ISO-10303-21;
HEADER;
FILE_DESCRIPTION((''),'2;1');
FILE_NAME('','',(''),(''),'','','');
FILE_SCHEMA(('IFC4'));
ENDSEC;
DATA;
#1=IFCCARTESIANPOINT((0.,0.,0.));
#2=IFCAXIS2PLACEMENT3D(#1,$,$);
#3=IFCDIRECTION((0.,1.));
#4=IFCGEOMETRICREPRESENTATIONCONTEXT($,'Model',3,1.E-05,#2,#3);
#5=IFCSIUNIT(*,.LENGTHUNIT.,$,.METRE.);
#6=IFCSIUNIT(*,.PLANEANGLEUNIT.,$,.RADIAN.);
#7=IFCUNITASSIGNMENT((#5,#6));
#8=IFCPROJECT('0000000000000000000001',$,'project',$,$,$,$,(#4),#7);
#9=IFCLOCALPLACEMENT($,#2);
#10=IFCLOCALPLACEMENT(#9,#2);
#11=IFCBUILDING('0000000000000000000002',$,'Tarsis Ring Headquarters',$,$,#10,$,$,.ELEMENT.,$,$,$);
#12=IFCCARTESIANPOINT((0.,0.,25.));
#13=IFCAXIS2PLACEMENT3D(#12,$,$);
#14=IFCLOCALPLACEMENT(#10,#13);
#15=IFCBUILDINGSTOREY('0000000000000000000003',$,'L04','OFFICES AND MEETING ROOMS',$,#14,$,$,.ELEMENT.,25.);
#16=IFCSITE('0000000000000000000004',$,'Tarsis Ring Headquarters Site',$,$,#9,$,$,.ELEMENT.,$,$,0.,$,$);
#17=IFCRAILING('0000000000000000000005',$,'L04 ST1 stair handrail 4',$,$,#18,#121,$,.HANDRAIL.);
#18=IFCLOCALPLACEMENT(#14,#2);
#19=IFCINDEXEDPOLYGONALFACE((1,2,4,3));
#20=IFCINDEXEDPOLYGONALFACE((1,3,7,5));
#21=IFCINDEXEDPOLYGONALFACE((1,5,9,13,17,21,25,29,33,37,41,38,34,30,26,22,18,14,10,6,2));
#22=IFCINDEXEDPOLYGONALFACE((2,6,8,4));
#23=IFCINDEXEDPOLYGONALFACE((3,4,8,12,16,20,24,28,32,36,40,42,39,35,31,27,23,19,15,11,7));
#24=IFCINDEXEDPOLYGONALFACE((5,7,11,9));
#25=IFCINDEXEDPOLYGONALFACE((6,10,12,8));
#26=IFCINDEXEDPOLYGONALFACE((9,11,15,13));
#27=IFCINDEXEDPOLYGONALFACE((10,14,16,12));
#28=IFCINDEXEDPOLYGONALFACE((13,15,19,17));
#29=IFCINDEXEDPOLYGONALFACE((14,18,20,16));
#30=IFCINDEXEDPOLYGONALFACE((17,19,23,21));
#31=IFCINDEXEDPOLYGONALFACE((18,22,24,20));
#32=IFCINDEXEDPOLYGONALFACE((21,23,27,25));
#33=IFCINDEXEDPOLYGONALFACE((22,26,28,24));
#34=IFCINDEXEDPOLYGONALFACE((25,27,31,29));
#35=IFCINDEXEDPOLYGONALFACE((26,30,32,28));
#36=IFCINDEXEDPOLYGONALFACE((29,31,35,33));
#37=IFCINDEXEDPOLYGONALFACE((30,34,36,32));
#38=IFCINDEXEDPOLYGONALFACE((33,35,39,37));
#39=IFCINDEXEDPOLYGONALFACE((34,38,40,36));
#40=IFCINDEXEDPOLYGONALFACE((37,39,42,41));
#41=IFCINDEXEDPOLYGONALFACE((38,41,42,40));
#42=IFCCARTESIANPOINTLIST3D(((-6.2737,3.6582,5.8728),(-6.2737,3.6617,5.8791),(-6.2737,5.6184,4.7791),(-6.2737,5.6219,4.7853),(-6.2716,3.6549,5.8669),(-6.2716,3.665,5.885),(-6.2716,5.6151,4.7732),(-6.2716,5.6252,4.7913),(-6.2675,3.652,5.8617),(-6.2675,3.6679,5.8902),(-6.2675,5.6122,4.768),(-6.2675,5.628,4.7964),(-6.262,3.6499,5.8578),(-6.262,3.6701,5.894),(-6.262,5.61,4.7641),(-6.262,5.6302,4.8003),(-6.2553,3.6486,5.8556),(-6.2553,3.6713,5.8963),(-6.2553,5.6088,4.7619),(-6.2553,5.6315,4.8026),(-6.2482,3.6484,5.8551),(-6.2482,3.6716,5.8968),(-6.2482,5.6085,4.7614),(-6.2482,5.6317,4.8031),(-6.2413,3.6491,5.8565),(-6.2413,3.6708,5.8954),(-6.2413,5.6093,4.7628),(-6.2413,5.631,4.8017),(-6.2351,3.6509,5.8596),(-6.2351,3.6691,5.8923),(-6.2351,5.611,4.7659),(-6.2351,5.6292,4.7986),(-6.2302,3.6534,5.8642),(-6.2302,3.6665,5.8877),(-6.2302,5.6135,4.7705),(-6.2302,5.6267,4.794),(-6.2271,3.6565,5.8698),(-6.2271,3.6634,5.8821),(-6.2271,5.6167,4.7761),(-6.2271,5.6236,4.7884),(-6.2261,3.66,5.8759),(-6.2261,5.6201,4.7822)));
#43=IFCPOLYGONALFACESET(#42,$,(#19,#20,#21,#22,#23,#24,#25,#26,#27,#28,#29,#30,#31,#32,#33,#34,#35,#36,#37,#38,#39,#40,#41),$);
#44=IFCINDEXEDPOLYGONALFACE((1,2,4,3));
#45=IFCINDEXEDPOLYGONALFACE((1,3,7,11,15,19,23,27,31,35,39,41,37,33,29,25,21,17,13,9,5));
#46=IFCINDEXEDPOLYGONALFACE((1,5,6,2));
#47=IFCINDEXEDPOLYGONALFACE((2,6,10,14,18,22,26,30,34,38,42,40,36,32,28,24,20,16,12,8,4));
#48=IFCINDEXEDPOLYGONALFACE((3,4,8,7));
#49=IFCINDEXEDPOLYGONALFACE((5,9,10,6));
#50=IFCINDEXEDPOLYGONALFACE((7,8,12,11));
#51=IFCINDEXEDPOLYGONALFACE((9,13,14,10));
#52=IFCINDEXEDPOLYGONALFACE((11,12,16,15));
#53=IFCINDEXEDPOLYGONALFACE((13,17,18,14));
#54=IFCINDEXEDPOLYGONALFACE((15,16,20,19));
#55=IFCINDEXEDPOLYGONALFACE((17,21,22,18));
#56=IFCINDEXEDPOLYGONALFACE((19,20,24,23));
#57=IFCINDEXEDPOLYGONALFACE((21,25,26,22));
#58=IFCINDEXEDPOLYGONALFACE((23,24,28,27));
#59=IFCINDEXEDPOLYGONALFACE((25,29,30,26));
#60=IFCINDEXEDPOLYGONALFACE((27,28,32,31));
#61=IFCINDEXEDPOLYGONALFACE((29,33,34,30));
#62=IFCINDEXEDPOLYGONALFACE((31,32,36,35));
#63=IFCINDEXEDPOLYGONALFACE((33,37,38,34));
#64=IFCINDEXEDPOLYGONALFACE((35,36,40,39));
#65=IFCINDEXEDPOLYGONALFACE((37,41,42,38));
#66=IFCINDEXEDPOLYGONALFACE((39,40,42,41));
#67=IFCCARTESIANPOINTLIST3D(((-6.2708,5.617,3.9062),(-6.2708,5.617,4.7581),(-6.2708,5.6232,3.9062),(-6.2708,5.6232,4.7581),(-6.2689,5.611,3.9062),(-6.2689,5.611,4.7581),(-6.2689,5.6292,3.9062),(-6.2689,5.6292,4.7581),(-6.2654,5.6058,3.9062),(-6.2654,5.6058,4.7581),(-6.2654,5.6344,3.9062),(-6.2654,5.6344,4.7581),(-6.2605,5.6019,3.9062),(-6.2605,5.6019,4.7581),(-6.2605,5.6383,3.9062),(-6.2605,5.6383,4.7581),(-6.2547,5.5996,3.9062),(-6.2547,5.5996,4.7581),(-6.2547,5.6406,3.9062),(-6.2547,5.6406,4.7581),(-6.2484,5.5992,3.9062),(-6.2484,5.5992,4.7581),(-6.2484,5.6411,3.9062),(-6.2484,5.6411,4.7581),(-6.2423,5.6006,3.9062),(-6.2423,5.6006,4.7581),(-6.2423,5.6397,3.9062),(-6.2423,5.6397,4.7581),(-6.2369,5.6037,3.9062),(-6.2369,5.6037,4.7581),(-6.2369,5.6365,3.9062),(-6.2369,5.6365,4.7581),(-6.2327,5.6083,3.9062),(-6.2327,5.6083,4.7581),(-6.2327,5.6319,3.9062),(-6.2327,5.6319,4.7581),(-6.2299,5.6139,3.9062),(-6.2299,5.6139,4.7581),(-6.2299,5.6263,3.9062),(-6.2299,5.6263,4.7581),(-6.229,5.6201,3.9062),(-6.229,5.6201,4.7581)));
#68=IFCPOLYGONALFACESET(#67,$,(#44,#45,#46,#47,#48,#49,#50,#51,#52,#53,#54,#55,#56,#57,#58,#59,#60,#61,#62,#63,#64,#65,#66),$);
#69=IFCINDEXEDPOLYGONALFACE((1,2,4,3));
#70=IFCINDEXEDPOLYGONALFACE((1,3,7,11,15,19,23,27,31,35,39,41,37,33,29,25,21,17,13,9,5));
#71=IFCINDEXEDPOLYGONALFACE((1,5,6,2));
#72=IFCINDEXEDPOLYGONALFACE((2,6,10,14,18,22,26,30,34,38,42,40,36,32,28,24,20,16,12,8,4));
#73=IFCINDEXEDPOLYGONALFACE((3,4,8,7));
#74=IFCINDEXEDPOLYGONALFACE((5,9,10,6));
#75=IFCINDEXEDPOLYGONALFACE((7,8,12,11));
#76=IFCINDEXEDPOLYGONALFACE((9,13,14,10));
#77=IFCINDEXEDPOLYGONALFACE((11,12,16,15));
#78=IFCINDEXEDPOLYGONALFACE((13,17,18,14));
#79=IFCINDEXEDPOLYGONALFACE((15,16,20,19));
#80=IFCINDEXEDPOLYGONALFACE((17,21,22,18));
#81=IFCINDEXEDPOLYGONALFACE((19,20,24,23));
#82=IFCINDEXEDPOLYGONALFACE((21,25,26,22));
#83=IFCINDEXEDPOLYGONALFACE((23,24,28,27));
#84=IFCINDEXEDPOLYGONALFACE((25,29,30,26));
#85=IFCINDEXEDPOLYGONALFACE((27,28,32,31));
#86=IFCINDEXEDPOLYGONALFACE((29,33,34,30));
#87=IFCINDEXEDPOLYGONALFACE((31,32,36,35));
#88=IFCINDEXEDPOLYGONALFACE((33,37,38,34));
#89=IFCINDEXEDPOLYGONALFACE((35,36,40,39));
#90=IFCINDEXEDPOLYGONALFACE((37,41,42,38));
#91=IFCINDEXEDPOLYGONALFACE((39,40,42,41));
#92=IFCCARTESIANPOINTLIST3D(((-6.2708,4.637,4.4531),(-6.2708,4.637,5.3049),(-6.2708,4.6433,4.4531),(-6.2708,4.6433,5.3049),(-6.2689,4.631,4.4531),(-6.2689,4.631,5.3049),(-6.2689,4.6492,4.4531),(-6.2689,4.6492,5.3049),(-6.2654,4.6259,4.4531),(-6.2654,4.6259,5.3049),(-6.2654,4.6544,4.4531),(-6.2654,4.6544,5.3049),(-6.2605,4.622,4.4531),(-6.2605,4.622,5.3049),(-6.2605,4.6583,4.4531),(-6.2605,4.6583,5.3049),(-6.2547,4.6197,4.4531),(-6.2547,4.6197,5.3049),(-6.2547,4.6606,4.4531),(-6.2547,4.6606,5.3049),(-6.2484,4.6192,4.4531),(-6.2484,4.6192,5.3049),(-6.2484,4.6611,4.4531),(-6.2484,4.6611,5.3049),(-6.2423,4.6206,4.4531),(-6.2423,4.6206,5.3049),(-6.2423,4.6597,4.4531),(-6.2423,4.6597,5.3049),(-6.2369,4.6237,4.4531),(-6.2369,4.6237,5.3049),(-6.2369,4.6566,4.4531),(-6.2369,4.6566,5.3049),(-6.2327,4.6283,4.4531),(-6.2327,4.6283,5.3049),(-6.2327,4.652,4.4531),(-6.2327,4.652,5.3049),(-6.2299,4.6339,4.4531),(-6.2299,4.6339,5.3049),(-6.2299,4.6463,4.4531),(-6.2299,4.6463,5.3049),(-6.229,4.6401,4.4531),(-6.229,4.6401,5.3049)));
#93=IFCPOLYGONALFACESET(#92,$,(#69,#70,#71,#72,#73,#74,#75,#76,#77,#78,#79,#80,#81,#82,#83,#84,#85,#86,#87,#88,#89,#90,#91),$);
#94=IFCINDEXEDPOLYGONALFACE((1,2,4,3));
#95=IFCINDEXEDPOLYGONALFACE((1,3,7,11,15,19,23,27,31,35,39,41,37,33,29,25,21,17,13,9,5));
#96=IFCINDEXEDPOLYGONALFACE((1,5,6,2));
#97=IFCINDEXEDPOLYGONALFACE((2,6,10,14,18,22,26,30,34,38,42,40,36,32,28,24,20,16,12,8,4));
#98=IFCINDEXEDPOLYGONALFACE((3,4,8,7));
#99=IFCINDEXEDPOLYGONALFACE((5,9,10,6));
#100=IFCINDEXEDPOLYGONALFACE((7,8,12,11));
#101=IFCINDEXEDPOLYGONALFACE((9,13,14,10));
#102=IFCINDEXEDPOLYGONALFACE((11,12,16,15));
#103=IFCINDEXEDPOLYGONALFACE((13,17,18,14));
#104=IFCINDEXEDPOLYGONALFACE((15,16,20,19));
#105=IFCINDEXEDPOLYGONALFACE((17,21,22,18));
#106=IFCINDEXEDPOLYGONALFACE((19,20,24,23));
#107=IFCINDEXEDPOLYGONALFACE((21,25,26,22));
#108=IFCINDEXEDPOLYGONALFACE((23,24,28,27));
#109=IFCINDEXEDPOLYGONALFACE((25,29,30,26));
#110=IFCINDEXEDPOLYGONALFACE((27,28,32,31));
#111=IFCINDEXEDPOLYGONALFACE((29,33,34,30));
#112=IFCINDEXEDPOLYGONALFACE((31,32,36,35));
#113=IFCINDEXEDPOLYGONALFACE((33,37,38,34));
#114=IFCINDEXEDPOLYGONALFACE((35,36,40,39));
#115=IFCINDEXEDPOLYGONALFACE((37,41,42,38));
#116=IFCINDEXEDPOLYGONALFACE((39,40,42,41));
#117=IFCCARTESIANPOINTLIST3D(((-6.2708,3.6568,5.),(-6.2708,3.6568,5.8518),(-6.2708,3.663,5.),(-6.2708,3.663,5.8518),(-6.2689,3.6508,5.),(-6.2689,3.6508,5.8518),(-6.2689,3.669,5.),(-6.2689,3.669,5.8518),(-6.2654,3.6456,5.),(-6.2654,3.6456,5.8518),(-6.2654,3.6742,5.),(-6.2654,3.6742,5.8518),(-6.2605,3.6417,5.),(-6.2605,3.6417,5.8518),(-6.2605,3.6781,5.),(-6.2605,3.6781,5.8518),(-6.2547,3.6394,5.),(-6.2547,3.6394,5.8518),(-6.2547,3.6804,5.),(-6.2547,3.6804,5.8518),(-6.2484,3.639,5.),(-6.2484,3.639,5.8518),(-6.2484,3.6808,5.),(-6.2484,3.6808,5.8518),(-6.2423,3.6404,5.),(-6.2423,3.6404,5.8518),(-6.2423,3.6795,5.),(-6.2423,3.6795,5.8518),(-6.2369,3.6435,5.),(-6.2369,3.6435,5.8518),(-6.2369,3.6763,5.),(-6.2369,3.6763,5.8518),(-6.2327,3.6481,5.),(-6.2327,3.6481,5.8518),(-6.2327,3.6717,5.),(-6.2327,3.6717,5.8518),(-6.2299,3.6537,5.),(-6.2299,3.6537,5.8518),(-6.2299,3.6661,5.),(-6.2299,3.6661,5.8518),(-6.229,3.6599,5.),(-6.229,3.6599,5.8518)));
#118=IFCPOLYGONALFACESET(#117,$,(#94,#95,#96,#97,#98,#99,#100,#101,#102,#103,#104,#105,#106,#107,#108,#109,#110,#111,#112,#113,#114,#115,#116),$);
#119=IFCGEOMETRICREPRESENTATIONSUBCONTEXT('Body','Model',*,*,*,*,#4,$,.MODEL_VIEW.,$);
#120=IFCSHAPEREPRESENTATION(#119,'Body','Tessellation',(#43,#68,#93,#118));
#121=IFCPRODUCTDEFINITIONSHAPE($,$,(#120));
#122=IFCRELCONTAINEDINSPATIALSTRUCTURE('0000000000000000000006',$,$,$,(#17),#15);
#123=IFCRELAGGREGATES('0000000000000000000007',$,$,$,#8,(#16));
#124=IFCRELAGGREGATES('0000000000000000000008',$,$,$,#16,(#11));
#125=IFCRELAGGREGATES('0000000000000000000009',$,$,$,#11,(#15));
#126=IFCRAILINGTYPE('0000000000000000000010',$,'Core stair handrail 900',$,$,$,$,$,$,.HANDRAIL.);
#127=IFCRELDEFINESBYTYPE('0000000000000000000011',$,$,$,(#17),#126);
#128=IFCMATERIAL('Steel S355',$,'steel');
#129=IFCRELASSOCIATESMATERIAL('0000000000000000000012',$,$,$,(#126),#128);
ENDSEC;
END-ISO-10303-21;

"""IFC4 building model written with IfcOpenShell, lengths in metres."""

from ifc_helpers import new_model, si_unit, direction, frame, origin, origin_2d, place, context, subcontext, project, spatial, circle, extrude, material, type_object, element, save


model = new_model("IFC4")

# Units and contexts
model_context = context("Model", 3, precision=1e-05, world=origin(), true_north=direction((0.0, 1.0)))
body_context = subcontext(model_context, "Body", "Model", "MODEL_VIEW")
ifc_project = project(units=[si_unit("LENGTHUNIT", "METRE"), si_unit("PLANEANGLEUNIT", "RADIAN")], contexts=[model_context])

# Site, building, storey
site_placement = place(None, origin())
site = spatial("IfcSite", under=ifc_project, at=site_placement, Name="Tarsis Ring Headquarters Site", CompositionType="ELEMENT", RefElevation=0.0)
building_placement = place(site_placement, origin())
building = spatial("IfcBuilding", under=site, at=building_placement, Name="Tarsis Ring Headquarters", CompositionType="ELEMENT")
storey_placement = place(building_placement, frame((0.0, 0.0, 25.0)))
storey = spatial("IfcBuildingStorey", under=building, at=storey_placement, Name="L04", Description="OFFICES AND MEETING ROOMS", CompositionType="ELEMENT", Elevation=25.0)

# Shared definitions
ifc_material_1 = material(Name="Steel S355", Category="steel")

# Railing
railing_type_1 = type_object("IfcRailingType", Name="Core stair handrail 900", PredefinedType="HANDRAIL", material=ifc_material_1)
railing_1_placement = place(storey_placement, frame((-6.25, 5.6201, 3.9062)))
element("IfcRailing", 1, at=railing_1_placement, inside=storey, type_object=railing_type_1, Name="L04 ST1 stair handrail 4", PredefinedType="HANDRAIL", context=body_context, shape_type="SweptSolid", body=[
    extrude(circle(Radius=0.0239, at=origin_2d()), frame((0.0, 0.0, 0.876), z_axis=(0.0, -0.873258, 0.487258), x_axis=(1.0, 0.0, 0.0)), (0.0, 0.0, 1.0), 2.2446),
    extrude(circle(Radius=0.021, at=origin_2d()), origin(), (0.0, 0.0, 1.0), 0.8518),
    extrude(circle(Radius=0.021, at=origin_2d()), frame((0.0, -0.98, 0.5469)), (0.0, 0.0, 1.0), 0.8518),
    extrude(circle(Radius=0.021, at=origin_2d()), frame((0.0, -1.9602, 1.0938)), (0.0, 0.0, 1.0), 0.8518),
])

save(model, "model.ifc")
